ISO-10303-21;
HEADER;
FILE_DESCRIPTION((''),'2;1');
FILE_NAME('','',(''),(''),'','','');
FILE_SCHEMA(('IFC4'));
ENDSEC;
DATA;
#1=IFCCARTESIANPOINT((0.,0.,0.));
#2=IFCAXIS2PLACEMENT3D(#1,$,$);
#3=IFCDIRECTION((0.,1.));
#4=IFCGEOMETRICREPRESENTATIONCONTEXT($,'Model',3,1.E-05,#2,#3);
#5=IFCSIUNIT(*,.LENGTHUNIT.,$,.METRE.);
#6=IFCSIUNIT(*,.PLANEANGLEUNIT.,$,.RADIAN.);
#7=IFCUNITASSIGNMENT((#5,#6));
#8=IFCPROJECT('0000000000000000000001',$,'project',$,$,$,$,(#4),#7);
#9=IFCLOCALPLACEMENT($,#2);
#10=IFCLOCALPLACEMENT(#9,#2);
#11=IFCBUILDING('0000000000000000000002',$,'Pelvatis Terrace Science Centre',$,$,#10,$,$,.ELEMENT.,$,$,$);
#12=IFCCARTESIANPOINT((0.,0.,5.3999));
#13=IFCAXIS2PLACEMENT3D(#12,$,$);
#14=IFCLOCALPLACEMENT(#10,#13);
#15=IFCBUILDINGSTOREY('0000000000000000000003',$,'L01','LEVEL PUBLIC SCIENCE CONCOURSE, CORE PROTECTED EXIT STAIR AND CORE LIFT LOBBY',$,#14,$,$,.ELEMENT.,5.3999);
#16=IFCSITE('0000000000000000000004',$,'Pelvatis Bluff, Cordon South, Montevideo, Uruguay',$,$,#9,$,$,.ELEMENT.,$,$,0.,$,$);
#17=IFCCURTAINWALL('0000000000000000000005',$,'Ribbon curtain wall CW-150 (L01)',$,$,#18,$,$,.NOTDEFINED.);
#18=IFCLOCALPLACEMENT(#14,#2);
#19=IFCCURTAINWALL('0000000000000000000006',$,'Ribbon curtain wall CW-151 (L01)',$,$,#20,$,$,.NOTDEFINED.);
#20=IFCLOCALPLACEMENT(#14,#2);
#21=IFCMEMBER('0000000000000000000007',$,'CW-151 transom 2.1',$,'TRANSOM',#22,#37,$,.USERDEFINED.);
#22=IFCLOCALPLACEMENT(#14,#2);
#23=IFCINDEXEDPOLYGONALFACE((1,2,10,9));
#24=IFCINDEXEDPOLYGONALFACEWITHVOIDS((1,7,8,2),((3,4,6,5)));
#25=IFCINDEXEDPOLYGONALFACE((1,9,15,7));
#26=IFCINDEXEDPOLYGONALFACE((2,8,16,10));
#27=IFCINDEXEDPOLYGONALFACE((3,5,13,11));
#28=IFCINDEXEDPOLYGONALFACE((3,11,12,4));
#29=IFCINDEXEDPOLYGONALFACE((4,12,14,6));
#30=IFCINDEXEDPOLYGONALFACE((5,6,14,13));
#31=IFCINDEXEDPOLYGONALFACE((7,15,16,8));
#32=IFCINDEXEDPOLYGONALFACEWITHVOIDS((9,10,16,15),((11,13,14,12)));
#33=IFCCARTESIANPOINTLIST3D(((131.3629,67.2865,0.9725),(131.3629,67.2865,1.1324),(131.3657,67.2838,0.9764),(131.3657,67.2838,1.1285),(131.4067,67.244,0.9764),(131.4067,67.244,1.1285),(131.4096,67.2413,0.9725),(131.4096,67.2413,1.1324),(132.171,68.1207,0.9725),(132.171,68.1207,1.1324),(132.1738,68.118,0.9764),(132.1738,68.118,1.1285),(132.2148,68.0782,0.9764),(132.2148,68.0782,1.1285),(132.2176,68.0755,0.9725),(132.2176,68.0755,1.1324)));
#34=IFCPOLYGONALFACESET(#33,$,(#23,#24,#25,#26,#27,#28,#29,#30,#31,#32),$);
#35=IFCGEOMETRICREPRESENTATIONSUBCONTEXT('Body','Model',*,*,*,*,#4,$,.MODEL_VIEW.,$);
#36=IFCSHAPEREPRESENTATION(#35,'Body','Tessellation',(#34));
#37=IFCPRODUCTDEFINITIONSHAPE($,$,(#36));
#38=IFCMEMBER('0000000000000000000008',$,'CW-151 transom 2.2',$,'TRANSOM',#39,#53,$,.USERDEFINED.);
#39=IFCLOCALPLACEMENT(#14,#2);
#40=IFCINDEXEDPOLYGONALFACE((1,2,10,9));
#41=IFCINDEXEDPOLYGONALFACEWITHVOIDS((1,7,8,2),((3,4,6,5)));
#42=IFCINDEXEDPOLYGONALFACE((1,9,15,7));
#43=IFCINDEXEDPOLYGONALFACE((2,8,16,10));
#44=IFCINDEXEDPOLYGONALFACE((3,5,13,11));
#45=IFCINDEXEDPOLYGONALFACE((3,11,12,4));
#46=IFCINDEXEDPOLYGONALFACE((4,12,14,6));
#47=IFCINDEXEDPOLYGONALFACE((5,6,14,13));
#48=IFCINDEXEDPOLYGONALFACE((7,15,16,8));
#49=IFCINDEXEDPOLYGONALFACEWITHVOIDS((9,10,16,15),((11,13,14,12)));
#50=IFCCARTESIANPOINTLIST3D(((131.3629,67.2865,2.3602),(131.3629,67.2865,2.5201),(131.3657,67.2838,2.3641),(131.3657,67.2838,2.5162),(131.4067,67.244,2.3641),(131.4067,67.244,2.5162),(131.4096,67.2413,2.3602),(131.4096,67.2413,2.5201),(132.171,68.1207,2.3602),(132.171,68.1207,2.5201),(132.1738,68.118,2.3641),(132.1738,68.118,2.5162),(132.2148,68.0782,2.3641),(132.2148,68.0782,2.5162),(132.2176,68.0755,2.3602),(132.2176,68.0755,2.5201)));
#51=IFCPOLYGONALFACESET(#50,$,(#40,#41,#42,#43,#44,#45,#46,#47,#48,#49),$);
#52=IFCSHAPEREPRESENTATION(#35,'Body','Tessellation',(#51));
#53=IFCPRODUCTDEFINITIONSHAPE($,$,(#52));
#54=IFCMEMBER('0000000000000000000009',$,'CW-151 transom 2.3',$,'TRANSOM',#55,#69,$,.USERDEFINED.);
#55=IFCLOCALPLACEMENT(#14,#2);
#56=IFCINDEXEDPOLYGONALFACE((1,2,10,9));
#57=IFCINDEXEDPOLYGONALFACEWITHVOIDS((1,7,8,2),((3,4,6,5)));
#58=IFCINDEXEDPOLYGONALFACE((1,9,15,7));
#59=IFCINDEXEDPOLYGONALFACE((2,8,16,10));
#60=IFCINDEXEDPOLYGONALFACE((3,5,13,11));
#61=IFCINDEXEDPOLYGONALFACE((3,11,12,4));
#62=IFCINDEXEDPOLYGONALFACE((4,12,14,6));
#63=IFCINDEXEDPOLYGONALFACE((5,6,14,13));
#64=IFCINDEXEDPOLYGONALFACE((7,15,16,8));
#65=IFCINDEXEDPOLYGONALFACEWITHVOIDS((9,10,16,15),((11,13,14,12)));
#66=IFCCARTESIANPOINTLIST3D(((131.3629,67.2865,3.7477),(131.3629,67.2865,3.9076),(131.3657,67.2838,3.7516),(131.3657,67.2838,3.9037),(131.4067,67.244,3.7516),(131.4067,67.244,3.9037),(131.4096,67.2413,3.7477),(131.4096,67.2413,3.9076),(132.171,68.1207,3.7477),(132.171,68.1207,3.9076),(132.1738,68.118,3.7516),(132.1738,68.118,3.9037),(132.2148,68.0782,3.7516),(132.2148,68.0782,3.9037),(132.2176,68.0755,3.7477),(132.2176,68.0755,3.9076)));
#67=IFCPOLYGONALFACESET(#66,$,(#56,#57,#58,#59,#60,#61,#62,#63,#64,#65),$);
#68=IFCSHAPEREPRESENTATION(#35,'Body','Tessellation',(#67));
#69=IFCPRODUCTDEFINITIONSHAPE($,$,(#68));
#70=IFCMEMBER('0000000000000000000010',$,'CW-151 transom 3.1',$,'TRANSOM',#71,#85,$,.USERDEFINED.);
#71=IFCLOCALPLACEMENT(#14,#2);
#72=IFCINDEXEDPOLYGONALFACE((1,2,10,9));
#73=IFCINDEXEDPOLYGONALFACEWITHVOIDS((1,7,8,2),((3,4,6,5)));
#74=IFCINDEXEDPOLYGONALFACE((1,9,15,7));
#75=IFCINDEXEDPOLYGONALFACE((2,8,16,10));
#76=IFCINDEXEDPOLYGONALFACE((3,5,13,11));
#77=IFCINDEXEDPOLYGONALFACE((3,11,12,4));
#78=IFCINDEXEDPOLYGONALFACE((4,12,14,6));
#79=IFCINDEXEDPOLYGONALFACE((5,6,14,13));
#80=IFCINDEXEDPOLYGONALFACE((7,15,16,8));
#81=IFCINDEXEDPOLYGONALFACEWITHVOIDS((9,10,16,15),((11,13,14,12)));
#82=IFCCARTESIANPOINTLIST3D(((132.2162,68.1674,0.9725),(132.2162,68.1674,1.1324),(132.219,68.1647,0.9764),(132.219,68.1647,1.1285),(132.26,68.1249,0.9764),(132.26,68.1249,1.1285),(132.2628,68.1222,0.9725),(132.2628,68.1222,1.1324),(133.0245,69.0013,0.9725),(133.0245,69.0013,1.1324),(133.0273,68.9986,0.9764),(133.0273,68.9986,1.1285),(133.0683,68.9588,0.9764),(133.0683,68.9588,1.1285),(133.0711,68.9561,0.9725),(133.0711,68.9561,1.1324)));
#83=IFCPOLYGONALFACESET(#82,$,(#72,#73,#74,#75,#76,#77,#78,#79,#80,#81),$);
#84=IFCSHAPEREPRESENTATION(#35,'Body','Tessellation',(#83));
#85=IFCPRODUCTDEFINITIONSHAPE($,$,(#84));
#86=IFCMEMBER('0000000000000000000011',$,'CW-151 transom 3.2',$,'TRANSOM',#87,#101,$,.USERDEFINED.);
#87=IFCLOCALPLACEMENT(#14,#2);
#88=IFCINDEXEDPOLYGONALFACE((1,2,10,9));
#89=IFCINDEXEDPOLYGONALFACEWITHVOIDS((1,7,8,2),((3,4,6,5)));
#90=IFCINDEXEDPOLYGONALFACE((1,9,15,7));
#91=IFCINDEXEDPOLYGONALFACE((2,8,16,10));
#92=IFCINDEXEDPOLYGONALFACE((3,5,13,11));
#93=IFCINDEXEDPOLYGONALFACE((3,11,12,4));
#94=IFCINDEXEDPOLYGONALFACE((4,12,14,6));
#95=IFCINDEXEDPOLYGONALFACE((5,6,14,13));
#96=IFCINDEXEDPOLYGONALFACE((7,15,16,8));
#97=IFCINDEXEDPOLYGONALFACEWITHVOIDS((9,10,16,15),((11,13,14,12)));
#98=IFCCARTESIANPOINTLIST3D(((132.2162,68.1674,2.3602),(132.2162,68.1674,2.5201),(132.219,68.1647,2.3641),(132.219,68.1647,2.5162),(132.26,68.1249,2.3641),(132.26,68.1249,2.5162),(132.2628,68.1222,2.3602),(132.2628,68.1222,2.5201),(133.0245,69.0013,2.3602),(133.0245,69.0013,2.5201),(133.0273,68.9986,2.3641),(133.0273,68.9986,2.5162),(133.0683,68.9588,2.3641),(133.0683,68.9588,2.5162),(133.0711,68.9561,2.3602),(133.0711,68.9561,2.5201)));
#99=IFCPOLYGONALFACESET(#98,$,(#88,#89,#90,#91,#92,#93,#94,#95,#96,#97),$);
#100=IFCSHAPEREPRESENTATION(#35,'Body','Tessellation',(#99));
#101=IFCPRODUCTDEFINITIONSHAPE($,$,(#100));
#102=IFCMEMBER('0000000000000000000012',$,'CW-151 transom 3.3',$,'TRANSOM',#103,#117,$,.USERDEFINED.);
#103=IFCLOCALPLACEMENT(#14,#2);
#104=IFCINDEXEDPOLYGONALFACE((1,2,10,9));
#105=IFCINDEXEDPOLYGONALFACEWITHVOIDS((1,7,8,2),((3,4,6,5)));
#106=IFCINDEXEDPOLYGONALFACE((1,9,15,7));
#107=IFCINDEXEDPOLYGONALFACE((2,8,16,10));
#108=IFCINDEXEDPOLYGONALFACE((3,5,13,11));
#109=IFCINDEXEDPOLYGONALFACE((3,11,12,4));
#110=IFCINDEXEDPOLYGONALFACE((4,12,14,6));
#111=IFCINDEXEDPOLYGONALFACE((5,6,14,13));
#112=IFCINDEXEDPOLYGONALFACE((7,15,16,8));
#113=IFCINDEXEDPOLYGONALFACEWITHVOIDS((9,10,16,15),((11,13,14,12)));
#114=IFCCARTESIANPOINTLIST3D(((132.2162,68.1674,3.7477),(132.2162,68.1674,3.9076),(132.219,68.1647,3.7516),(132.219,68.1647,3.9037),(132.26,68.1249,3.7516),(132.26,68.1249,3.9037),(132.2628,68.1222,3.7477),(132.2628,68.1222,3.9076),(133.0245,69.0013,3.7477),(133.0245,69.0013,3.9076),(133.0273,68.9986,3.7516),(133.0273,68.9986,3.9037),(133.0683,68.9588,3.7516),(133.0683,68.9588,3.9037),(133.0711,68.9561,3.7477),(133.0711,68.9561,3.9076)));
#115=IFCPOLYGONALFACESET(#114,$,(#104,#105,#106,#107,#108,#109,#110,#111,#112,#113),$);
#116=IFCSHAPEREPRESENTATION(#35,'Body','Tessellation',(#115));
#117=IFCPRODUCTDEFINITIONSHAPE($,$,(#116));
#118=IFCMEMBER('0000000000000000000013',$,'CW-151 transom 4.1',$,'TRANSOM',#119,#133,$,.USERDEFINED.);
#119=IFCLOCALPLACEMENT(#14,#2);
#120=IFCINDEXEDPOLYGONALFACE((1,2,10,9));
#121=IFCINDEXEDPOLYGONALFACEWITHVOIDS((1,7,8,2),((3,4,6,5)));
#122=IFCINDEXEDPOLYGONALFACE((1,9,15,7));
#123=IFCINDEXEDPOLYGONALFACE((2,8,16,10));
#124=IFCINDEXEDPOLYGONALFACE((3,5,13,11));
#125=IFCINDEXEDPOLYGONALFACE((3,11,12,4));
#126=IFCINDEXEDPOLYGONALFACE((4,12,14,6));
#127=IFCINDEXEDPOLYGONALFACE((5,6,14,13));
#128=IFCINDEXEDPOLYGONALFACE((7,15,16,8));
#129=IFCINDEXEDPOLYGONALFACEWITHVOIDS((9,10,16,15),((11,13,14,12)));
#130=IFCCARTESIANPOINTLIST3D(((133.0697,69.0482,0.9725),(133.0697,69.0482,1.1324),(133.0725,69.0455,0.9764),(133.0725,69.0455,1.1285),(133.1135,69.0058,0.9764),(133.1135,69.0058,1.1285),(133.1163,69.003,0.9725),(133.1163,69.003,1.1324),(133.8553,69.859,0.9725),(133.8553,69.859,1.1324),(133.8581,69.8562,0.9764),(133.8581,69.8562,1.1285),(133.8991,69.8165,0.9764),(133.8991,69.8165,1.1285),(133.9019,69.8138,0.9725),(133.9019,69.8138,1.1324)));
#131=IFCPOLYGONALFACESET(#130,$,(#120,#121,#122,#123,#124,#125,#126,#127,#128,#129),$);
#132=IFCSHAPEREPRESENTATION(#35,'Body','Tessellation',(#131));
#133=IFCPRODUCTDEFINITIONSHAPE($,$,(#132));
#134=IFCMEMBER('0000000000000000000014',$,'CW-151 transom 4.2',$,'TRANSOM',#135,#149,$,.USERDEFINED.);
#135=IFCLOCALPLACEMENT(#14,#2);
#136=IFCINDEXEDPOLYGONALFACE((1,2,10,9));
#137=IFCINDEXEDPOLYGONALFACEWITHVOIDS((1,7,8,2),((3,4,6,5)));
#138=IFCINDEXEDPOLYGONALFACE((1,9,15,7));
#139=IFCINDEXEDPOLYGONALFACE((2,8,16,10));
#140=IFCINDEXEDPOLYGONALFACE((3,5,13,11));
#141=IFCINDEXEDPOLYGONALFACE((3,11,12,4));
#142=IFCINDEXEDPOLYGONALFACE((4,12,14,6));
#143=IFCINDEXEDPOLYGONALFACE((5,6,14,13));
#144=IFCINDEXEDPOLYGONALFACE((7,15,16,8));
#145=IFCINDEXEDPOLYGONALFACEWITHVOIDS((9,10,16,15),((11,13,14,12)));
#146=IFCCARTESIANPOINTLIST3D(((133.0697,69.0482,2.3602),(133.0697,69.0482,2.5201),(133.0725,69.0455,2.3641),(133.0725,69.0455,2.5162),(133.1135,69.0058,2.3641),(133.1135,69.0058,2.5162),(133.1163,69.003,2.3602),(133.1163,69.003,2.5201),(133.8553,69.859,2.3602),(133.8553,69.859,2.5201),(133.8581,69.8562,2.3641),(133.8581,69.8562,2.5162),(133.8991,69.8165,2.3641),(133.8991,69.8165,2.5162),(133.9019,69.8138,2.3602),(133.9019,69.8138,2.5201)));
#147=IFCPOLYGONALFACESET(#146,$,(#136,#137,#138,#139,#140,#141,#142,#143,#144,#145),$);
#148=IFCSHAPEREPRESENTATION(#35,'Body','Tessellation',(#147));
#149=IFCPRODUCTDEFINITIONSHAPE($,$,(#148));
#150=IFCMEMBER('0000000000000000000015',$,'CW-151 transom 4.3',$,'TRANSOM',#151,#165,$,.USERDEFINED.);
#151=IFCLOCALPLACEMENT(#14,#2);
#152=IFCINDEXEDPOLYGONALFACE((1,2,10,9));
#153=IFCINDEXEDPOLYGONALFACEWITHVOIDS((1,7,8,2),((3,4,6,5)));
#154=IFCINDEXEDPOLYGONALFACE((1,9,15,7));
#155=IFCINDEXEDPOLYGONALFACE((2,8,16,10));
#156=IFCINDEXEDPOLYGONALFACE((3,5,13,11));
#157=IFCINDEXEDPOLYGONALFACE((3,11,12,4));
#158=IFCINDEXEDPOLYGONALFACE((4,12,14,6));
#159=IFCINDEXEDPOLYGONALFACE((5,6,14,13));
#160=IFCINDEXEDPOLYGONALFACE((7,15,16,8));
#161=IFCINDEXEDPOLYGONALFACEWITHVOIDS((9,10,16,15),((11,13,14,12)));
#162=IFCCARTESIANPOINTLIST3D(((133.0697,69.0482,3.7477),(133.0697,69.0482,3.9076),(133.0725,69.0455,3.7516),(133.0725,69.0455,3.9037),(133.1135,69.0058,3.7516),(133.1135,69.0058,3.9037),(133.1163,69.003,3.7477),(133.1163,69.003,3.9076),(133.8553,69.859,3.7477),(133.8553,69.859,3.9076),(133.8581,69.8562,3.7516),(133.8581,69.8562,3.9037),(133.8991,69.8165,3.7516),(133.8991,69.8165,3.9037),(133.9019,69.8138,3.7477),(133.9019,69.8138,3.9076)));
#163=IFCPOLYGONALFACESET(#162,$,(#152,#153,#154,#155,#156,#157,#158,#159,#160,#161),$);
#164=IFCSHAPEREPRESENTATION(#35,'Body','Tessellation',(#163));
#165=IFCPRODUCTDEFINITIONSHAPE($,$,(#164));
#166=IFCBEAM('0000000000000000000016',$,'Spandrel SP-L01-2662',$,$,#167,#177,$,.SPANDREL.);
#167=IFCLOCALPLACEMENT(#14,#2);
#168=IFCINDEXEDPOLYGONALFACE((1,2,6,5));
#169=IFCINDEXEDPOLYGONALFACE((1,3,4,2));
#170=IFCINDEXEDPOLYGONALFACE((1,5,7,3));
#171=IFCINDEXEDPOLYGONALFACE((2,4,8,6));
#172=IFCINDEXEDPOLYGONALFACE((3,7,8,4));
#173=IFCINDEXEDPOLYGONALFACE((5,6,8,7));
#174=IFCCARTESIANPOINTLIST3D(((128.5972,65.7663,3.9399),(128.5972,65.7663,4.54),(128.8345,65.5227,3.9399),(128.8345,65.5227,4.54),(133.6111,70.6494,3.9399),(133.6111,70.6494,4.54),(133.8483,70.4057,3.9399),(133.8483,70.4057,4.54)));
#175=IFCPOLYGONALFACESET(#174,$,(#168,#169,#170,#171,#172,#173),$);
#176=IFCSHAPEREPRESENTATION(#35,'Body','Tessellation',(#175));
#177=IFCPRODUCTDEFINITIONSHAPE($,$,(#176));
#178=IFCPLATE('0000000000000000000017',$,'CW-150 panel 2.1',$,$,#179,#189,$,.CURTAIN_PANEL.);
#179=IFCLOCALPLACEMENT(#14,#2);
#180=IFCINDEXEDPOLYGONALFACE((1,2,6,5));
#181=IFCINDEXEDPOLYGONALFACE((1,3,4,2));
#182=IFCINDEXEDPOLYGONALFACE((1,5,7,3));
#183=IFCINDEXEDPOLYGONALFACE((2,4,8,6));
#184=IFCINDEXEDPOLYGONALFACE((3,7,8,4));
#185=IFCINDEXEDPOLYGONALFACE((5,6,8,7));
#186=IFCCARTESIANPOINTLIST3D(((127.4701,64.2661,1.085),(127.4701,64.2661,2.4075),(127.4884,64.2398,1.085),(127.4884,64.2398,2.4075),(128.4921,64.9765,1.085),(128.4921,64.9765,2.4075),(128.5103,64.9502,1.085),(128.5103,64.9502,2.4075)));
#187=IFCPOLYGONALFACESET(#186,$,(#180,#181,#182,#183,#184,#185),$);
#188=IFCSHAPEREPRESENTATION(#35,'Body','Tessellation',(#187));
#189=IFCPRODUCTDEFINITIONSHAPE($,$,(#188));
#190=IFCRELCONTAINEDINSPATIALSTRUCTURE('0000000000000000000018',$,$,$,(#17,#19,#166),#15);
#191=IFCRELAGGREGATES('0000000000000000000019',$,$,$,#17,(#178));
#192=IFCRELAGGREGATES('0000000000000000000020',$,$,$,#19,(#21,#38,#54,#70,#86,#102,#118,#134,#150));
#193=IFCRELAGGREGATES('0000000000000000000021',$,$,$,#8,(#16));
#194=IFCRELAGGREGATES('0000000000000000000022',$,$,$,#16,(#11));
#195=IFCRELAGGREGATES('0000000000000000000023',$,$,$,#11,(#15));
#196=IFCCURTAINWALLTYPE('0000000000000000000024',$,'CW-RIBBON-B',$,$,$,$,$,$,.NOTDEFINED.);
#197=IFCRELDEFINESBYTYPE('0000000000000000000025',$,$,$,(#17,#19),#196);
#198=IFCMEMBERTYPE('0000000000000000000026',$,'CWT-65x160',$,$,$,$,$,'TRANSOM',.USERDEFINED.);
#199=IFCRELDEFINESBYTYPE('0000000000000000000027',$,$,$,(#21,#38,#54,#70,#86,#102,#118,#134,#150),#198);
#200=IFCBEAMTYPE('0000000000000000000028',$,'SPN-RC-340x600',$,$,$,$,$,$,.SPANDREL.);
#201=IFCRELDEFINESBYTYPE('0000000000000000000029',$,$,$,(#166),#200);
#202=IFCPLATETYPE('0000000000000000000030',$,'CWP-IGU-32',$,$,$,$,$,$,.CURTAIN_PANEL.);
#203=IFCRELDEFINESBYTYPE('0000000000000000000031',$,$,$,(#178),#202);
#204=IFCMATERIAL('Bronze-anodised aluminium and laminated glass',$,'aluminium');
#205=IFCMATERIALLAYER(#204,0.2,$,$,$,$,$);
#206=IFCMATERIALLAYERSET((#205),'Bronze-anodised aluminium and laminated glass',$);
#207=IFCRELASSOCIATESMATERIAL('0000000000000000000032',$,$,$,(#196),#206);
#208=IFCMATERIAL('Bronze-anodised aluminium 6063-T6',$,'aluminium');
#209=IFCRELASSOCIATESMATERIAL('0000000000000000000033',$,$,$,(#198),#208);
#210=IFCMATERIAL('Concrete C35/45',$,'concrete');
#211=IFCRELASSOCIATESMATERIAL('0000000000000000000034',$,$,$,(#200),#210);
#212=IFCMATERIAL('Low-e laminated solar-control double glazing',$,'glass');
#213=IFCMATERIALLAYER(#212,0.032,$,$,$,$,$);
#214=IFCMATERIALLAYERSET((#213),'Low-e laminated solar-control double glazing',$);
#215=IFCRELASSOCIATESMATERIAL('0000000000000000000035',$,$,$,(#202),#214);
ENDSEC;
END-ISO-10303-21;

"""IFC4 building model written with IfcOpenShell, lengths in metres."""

from ifc_helpers import new_model, si_unit, direction, frame, origin, origin_2d, place, context, subcontext, project, spatial, rectangle, hollow_rectangle, extrude, material, layer, layer_set, material_profile, profile_set, type_object, element, aggregate, save


model = new_model("IFC4")

# Units and contexts
model_context = context("Model", 3, precision=1e-05, world=origin(), true_north=direction((0.0, 1.0)))
body_context = subcontext(model_context, "Body", "Model", "MODEL_VIEW")
ifc_project = project(units=[si_unit("LENGTHUNIT", "METRE"), si_unit("PLANEANGLEUNIT", "RADIAN")], contexts=[model_context])

# Site, building, storey
site_placement = place(None, origin())
site = spatial("IfcSite", under=ifc_project, at=site_placement, Name="Pelvatis Bluff, Cordon South, Montevideo, Uruguay", CompositionType="ELEMENT", RefElevation=0.0)
building_placement = place(site_placement, origin())
building = spatial("IfcBuilding", under=site, at=building_placement, Name="Pelvatis Terrace Science Centre", CompositionType="ELEMENT")
storey_placement = place(building_placement, frame((0.0, 0.0, 5.3999)))
storey = spatial("IfcBuildingStorey", under=building, at=storey_placement, Name="L01", Description="LEVEL PUBLIC SCIENCE CONCOURSE, CORE PROTECTED EXIT STAIR AND CORE LIFT LOBBY", CompositionType="ELEMENT", Elevation=5.3999)

# Curtain wall
ifc_material_1 = material(Name="Bronze-anodised aluminium and laminated glass", Category="aluminium")
ifc_layer_1 = layer(ifc_material_1, 0.2)
ifc_layer_set_1 = layer_set([ifc_layer_1], Name="Bronze-anodised aluminium and laminated glass")
curtain_wall_type = type_object("IfcCurtainWallType", Name="CW-RIBBON-B", PredefinedType="NOTDEFINED", material=ifc_layer_set_1)
curtain_wall_1_placement = place(storey_placement, origin())
curtain_wall_1 = element("IfcCurtainWall", 1, at=curtain_wall_1_placement, inside=storey, type_object=curtain_wall_type, Name="Ribbon curtain wall CW-150 (L01)", PredefinedType="NOTDEFINED")

# Curtain wall
curtain_wall_2_placement = place(storey_placement, origin())
curtain_wall_2 = element("IfcCurtainWall", 2, at=curtain_wall_2_placement, inside=storey, type_object=curtain_wall_type, Name="Ribbon curtain wall CW-151 (L01)", PredefinedType="NOTDEFINED")

# Members
ifc_material_2 = material(Name="Bronze-anodised aluminium 6063-T6", Category="aluminium")
ifc_material_profile_1 = material_profile(ifc_material_2, hollow_rectangle(XDim=0.0649, YDim=0.1599, WallThickness=0.0039, at=origin_2d()), Name="ALU-TRN 65x160")
ifc_profile_set_1 = profile_set([ifc_material_profile_1], Name="Bronze-anodised aluminium 6063-T6")
member_type_1 = type_object("IfcMemberType", Name="CWT-65x160", ElementType="TRANSOM", PredefinedType="USERDEFINED", material=ifc_profile_set_1)
member_1_placement = place(storey_placement, frame((131.3862, 67.2639, 1.0525), z_axis=(0.695771, 0.718263, 0.0), x_axis=(-0.718263, 0.695771, 0.0)))
member_1 = element("IfcMember", 3, at=member_1_placement, type_object=member_type_1, Name="CW-151 transom 2.1", ObjectType="TRANSOM", PredefinedType="USERDEFINED", context=body_context, shape_type="SweptSolid", body=[
    extrude(hollow_rectangle(XDim=0.0649, YDim=0.1599, WallThickness=0.0039, at=origin_2d()), origin(), (0.0, 0.0, 1.0), 1.1614),
])
member_2_placement = place(storey_placement, frame((131.3862, 67.2639, 2.4402), z_axis=(0.695771, 0.718263, 0.0), x_axis=(-0.718263, 0.695771, 0.0)))
member_2 = element("IfcMember", 4, at=member_2_placement, type_object=member_type_1, Name="CW-151 transom 2.2", ObjectType="TRANSOM", PredefinedType="USERDEFINED", context=body_context, shape_type="SweptSolid", body=[
    extrude(hollow_rectangle(XDim=0.0649, YDim=0.1599, WallThickness=0.0039, at=origin_2d()), origin(), (0.0, 0.0, 1.0), 1.1614),
])
member_3_placement = place(storey_placement, frame((131.3862, 67.2639, 3.8276), z_axis=(0.695771, 0.718263, 0.0), x_axis=(-0.718263, 0.695771, 0.0)))
member_3 = element("IfcMember", 5, at=member_3_placement, type_object=member_type_1, Name="CW-151 transom 2.3", ObjectType="TRANSOM", PredefinedType="USERDEFINED", context=body_context, shape_type="SweptSolid", body=[
    extrude(hollow_rectangle(XDim=0.0649, YDim=0.1599, WallThickness=0.0039, at=origin_2d()), origin(), (0.0, 0.0, 1.0), 1.1614),
])
member_4_placement = place(storey_placement, frame((132.2395, 68.1448, 1.0525), z_axis=(0.695985, 0.718056, 0.0), x_axis=(-0.718056, 0.695985, 0.0)))
member_4 = element("IfcMember", 6, at=member_4_placement, type_object=member_type_1, Name="CW-151 transom 3.1", ObjectType="TRANSOM", PredefinedType="USERDEFINED", context=body_context, shape_type="SweptSolid", body=[
    extrude(hollow_rectangle(XDim=0.0649, YDim=0.1599, WallThickness=0.0039, at=origin_2d()), origin(), (0.0, 0.0, 1.0), 1.1614),
])
member_5_placement = place(storey_placement, frame((132.2395, 68.1448, 2.4402), z_axis=(0.695985, 0.718056, 0.0), x_axis=(-0.718056, 0.695985, 0.0)))
member_5 = element("IfcMember", 7, at=member_5_placement, type_object=member_type_1, Name="CW-151 transom 3.2", ObjectType="TRANSOM", PredefinedType="USERDEFINED", context=body_context, shape_type="SweptSolid", body=[
    extrude(hollow_rectangle(XDim=0.0649, YDim=0.1599, WallThickness=0.0039, at=origin_2d()), origin(), (0.0, 0.0, 1.0), 1.1614),
])
member_6_placement = place(storey_placement, frame((132.2395, 68.1448, 3.8276), z_axis=(0.695985, 0.718056, 0.0), x_axis=(-0.718056, 0.695985, 0.0)))
member_6 = element("IfcMember", 8, at=member_6_placement, type_object=member_type_1, Name="CW-151 transom 3.3", ObjectType="TRANSOM", PredefinedType="USERDEFINED", context=body_context, shape_type="SweptSolid", body=[
    extrude(hollow_rectangle(XDim=0.0649, YDim=0.1599, WallThickness=0.0039, at=origin_2d()), origin(), (0.0, 0.0, 1.0), 1.1614),
])
member_7_placement = place(storey_placement, frame((133.093, 69.0256, 1.0525), z_axis=(0.695882, 0.718156, 0.0), x_axis=(-0.718156, 0.695882, 0.0)))
member_7 = element("IfcMember", 9, at=member_7_placement, type_object=member_type_1, Name="CW-151 transom 4.1", ObjectType="TRANSOM", PredefinedType="USERDEFINED", context=body_context, shape_type="SweptSolid", body=[
    extrude(hollow_rectangle(XDim=0.0649, YDim=0.1599, WallThickness=0.0039, at=origin_2d()), origin(), (0.0, 0.0, 1.0), 1.1289),
])
member_8_placement = place(storey_placement, frame((133.093, 69.0256, 2.4402), z_axis=(0.695882, 0.718156, 0.0), x_axis=(-0.718156, 0.695882, 0.0)))
member_8 = element("IfcMember", 10, at=member_8_placement, type_object=member_type_1, Name="CW-151 transom 4.2", ObjectType="TRANSOM", PredefinedType="USERDEFINED", context=body_context, shape_type="SweptSolid", body=[
    extrude(hollow_rectangle(XDim=0.0649, YDim=0.1599, WallThickness=0.0039, at=origin_2d()), origin(), (0.0, 0.0, 1.0), 1.1289),
])
member_9_placement = place(storey_placement, frame((133.093, 69.0256, 3.8276), z_axis=(0.695882, 0.718156, 0.0), x_axis=(-0.718156, 0.695882, 0.0)))
member_9 = element("IfcMember", 11, at=member_9_placement, type_object=member_type_1, Name="CW-151 transom 4.3", ObjectType="TRANSOM", PredefinedType="USERDEFINED", context=body_context, shape_type="SweptSolid", body=[
    extrude(hollow_rectangle(XDim=0.0649, YDim=0.1599, WallThickness=0.0039, at=origin_2d()), origin(), (0.0, 0.0, 1.0), 1.1289),
])

# Beam
ifc_material_3 = material(Name="Concrete C35/45", Category="concrete")
ifc_material_profile_2 = material_profile(ifc_material_3, rectangle(XDim=0.3401, YDim=0.6001, at=origin_2d()), Name="RC-SPN 340x600")
ifc_profile_set_2 = profile_set([ifc_material_profile_2], Name="Concrete C35/45")
beam_type = type_object("IfcBeamType", Name="SPN-RC-340x600", PredefinedType="SPANDREL", material=ifc_profile_set_2)
beam_placement = place(storey_placement, frame((128.7158, 65.6445, 4.24), z_axis=(0.716394, 0.697696, 0.0), x_axis=(-0.697696, 0.716394, 0.0)))
element("IfcBeam", 12, at=beam_placement, inside=storey, type_object=beam_type, Name="Spandrel SP-L01-2662", PredefinedType="SPANDREL", context=body_context, shape_type="SweptSolid", body=[
    extrude(rectangle(XDim=0.3401, YDim=0.6001, at=origin_2d()), origin(), (0.0, 0.0, 1.0), 6.9988),
])

# Plate
ifc_material_4 = material(Name="Low-e laminated solar-control double glazing", Category="glass")
ifc_layer_2 = layer(ifc_material_4, 0.032)
ifc_layer_set_2 = layer_set([ifc_layer_2], Name="Low-e laminated solar-control double glazing")
plate_type_1 = type_object("IfcPlateType", Name="CWP-IGU-32", PredefinedType="CURTAIN_PANEL", material=ifc_layer_set_2)
plate_1_placement = place(storey_placement, frame((127.9902, 64.6082, 1.085), z_axis=(0.0, 0.0, 1.0), x_axis=(0.821107, 0.570774, 0.0)))
plate_1 = element("IfcPlate", 13, at=plate_1_placement, type_object=plate_type_1, Name="CW-150 panel 2.1", PredefinedType="CURTAIN_PANEL", context=body_context, shape_type="SweptSolid", body=[
    extrude(rectangle(XDim=1.2446, YDim=0.032, at=origin_2d()), origin(), (0.0, 0.0, 1.0), 1.3225),
])
aggregate(curtain_wall_1, [plate_1])
aggregate(curtain_wall_2, [member_1, member_2, member_3, member_4, member_5, member_6, member_7, member_8, member_9])

save(model, "model.ifc")
